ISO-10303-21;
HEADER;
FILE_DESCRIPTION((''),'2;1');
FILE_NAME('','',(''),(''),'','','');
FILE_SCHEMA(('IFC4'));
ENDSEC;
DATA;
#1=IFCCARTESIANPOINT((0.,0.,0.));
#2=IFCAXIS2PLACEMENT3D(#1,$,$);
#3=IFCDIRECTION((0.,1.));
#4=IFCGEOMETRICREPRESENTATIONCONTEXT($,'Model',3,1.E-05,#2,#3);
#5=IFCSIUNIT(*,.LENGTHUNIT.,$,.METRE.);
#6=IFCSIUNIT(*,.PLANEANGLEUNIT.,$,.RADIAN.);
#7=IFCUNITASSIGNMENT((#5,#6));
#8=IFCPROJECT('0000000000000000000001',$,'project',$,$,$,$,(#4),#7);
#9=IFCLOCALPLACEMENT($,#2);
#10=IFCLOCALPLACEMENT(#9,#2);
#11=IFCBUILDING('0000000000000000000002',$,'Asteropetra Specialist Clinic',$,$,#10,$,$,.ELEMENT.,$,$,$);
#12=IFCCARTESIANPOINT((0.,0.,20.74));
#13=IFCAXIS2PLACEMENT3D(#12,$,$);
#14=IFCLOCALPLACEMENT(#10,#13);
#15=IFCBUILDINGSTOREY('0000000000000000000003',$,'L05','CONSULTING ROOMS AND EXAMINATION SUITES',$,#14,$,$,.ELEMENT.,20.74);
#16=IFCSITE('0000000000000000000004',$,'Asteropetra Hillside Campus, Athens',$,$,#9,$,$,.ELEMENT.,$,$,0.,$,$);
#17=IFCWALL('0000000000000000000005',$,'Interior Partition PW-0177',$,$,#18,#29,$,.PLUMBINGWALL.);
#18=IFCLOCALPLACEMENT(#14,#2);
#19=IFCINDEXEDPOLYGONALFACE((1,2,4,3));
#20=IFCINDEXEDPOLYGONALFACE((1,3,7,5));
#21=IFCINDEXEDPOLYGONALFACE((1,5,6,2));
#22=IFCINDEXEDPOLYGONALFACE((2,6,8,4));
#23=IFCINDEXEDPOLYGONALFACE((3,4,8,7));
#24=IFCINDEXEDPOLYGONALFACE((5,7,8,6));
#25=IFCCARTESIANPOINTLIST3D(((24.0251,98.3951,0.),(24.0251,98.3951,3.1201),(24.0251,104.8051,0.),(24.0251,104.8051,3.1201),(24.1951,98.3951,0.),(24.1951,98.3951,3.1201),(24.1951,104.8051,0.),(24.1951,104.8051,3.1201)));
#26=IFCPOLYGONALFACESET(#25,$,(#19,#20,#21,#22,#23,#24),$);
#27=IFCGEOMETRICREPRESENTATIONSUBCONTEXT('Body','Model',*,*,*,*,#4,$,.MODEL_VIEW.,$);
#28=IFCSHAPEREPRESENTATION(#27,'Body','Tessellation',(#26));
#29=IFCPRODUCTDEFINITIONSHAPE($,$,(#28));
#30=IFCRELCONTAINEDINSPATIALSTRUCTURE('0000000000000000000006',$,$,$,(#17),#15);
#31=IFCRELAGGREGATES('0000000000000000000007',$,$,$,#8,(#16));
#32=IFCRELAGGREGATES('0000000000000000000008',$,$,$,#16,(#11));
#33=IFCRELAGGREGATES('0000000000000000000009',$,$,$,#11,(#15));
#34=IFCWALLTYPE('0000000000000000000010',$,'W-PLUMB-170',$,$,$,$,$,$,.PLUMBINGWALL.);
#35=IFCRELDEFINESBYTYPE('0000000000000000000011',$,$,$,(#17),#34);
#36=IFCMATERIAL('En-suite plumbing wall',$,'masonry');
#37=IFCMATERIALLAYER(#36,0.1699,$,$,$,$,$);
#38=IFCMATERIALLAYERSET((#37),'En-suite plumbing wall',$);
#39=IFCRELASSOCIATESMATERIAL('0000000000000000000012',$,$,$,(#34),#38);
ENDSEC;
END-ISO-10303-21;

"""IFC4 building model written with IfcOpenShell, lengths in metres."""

from ifc_helpers import new_model, si_unit, direction, frame, frame_2d, origin, place, context, subcontext, project, spatial, rectangle, extrude, material, layer, layer_set, type_object, element, save


model = new_model("IFC4")

# Units and contexts
model_context = context("Model", 3, precision=1e-05, world=origin(), true_north=direction((0.0, 1.0)))
body_context = subcontext(model_context, "Body", "Model", "MODEL_VIEW")
ifc_project = project(units=[si_unit("LENGTHUNIT", "METRE"), si_unit("PLANEANGLEUNIT", "RADIAN")], contexts=[model_context])

# Site, building, storey
site_placement = place(None, origin())
site = spatial("IfcSite", under=ifc_project, at=site_placement, Name="Asteropetra Hillside Campus, Athens", CompositionType="ELEMENT", RefElevation=0.0)
building_placement = place(site_placement, origin())
building = spatial("IfcBuilding", under=site, at=building_placement, Name="Asteropetra Specialist Clinic", CompositionType="ELEMENT")
storey_placement = place(building_placement, frame((0.0, 0.0, 20.74)))
storey = spatial("IfcBuildingStorey", under=building, at=storey_placement, Name="L05", Description="CONSULTING ROOMS AND EXAMINATION SUITES", CompositionType="ELEMENT", Elevation=20.74)

# Wall
ifc_material_1 = material(Name="En-suite plumbing wall", Category="masonry")
ifc_layer_1 = layer(ifc_material_1, 0.1699)
ifc_layer_set_1 = layer_set([ifc_layer_1], Name="En-suite plumbing wall")
wall_type = type_object("IfcWallType", Name="W-PLUMB-170", PredefinedType="PLUMBINGWALL", material=ifc_layer_set_1)
wall_placement = place(storey_placement, frame((24.1101, 98.395, 0.0), z_axis=(0.0, 0.0, 1.0), x_axis=(0.0, 1.0, 0.0)))
element("IfcWall", 1, at=wall_placement, inside=storey, type_object=wall_type, Name="Interior Partition PW-0177", PredefinedType="PLUMBINGWALL", context=body_context, shape_type="SweptSolid", body=[
    extrude(rectangle(XDim=6.4099, YDim=0.1699, at=frame_2d((3.2051, 0.0))), origin(), (0.0, 0.0, 1.0), 3.1201),
])

save(model, "model.ifc")
